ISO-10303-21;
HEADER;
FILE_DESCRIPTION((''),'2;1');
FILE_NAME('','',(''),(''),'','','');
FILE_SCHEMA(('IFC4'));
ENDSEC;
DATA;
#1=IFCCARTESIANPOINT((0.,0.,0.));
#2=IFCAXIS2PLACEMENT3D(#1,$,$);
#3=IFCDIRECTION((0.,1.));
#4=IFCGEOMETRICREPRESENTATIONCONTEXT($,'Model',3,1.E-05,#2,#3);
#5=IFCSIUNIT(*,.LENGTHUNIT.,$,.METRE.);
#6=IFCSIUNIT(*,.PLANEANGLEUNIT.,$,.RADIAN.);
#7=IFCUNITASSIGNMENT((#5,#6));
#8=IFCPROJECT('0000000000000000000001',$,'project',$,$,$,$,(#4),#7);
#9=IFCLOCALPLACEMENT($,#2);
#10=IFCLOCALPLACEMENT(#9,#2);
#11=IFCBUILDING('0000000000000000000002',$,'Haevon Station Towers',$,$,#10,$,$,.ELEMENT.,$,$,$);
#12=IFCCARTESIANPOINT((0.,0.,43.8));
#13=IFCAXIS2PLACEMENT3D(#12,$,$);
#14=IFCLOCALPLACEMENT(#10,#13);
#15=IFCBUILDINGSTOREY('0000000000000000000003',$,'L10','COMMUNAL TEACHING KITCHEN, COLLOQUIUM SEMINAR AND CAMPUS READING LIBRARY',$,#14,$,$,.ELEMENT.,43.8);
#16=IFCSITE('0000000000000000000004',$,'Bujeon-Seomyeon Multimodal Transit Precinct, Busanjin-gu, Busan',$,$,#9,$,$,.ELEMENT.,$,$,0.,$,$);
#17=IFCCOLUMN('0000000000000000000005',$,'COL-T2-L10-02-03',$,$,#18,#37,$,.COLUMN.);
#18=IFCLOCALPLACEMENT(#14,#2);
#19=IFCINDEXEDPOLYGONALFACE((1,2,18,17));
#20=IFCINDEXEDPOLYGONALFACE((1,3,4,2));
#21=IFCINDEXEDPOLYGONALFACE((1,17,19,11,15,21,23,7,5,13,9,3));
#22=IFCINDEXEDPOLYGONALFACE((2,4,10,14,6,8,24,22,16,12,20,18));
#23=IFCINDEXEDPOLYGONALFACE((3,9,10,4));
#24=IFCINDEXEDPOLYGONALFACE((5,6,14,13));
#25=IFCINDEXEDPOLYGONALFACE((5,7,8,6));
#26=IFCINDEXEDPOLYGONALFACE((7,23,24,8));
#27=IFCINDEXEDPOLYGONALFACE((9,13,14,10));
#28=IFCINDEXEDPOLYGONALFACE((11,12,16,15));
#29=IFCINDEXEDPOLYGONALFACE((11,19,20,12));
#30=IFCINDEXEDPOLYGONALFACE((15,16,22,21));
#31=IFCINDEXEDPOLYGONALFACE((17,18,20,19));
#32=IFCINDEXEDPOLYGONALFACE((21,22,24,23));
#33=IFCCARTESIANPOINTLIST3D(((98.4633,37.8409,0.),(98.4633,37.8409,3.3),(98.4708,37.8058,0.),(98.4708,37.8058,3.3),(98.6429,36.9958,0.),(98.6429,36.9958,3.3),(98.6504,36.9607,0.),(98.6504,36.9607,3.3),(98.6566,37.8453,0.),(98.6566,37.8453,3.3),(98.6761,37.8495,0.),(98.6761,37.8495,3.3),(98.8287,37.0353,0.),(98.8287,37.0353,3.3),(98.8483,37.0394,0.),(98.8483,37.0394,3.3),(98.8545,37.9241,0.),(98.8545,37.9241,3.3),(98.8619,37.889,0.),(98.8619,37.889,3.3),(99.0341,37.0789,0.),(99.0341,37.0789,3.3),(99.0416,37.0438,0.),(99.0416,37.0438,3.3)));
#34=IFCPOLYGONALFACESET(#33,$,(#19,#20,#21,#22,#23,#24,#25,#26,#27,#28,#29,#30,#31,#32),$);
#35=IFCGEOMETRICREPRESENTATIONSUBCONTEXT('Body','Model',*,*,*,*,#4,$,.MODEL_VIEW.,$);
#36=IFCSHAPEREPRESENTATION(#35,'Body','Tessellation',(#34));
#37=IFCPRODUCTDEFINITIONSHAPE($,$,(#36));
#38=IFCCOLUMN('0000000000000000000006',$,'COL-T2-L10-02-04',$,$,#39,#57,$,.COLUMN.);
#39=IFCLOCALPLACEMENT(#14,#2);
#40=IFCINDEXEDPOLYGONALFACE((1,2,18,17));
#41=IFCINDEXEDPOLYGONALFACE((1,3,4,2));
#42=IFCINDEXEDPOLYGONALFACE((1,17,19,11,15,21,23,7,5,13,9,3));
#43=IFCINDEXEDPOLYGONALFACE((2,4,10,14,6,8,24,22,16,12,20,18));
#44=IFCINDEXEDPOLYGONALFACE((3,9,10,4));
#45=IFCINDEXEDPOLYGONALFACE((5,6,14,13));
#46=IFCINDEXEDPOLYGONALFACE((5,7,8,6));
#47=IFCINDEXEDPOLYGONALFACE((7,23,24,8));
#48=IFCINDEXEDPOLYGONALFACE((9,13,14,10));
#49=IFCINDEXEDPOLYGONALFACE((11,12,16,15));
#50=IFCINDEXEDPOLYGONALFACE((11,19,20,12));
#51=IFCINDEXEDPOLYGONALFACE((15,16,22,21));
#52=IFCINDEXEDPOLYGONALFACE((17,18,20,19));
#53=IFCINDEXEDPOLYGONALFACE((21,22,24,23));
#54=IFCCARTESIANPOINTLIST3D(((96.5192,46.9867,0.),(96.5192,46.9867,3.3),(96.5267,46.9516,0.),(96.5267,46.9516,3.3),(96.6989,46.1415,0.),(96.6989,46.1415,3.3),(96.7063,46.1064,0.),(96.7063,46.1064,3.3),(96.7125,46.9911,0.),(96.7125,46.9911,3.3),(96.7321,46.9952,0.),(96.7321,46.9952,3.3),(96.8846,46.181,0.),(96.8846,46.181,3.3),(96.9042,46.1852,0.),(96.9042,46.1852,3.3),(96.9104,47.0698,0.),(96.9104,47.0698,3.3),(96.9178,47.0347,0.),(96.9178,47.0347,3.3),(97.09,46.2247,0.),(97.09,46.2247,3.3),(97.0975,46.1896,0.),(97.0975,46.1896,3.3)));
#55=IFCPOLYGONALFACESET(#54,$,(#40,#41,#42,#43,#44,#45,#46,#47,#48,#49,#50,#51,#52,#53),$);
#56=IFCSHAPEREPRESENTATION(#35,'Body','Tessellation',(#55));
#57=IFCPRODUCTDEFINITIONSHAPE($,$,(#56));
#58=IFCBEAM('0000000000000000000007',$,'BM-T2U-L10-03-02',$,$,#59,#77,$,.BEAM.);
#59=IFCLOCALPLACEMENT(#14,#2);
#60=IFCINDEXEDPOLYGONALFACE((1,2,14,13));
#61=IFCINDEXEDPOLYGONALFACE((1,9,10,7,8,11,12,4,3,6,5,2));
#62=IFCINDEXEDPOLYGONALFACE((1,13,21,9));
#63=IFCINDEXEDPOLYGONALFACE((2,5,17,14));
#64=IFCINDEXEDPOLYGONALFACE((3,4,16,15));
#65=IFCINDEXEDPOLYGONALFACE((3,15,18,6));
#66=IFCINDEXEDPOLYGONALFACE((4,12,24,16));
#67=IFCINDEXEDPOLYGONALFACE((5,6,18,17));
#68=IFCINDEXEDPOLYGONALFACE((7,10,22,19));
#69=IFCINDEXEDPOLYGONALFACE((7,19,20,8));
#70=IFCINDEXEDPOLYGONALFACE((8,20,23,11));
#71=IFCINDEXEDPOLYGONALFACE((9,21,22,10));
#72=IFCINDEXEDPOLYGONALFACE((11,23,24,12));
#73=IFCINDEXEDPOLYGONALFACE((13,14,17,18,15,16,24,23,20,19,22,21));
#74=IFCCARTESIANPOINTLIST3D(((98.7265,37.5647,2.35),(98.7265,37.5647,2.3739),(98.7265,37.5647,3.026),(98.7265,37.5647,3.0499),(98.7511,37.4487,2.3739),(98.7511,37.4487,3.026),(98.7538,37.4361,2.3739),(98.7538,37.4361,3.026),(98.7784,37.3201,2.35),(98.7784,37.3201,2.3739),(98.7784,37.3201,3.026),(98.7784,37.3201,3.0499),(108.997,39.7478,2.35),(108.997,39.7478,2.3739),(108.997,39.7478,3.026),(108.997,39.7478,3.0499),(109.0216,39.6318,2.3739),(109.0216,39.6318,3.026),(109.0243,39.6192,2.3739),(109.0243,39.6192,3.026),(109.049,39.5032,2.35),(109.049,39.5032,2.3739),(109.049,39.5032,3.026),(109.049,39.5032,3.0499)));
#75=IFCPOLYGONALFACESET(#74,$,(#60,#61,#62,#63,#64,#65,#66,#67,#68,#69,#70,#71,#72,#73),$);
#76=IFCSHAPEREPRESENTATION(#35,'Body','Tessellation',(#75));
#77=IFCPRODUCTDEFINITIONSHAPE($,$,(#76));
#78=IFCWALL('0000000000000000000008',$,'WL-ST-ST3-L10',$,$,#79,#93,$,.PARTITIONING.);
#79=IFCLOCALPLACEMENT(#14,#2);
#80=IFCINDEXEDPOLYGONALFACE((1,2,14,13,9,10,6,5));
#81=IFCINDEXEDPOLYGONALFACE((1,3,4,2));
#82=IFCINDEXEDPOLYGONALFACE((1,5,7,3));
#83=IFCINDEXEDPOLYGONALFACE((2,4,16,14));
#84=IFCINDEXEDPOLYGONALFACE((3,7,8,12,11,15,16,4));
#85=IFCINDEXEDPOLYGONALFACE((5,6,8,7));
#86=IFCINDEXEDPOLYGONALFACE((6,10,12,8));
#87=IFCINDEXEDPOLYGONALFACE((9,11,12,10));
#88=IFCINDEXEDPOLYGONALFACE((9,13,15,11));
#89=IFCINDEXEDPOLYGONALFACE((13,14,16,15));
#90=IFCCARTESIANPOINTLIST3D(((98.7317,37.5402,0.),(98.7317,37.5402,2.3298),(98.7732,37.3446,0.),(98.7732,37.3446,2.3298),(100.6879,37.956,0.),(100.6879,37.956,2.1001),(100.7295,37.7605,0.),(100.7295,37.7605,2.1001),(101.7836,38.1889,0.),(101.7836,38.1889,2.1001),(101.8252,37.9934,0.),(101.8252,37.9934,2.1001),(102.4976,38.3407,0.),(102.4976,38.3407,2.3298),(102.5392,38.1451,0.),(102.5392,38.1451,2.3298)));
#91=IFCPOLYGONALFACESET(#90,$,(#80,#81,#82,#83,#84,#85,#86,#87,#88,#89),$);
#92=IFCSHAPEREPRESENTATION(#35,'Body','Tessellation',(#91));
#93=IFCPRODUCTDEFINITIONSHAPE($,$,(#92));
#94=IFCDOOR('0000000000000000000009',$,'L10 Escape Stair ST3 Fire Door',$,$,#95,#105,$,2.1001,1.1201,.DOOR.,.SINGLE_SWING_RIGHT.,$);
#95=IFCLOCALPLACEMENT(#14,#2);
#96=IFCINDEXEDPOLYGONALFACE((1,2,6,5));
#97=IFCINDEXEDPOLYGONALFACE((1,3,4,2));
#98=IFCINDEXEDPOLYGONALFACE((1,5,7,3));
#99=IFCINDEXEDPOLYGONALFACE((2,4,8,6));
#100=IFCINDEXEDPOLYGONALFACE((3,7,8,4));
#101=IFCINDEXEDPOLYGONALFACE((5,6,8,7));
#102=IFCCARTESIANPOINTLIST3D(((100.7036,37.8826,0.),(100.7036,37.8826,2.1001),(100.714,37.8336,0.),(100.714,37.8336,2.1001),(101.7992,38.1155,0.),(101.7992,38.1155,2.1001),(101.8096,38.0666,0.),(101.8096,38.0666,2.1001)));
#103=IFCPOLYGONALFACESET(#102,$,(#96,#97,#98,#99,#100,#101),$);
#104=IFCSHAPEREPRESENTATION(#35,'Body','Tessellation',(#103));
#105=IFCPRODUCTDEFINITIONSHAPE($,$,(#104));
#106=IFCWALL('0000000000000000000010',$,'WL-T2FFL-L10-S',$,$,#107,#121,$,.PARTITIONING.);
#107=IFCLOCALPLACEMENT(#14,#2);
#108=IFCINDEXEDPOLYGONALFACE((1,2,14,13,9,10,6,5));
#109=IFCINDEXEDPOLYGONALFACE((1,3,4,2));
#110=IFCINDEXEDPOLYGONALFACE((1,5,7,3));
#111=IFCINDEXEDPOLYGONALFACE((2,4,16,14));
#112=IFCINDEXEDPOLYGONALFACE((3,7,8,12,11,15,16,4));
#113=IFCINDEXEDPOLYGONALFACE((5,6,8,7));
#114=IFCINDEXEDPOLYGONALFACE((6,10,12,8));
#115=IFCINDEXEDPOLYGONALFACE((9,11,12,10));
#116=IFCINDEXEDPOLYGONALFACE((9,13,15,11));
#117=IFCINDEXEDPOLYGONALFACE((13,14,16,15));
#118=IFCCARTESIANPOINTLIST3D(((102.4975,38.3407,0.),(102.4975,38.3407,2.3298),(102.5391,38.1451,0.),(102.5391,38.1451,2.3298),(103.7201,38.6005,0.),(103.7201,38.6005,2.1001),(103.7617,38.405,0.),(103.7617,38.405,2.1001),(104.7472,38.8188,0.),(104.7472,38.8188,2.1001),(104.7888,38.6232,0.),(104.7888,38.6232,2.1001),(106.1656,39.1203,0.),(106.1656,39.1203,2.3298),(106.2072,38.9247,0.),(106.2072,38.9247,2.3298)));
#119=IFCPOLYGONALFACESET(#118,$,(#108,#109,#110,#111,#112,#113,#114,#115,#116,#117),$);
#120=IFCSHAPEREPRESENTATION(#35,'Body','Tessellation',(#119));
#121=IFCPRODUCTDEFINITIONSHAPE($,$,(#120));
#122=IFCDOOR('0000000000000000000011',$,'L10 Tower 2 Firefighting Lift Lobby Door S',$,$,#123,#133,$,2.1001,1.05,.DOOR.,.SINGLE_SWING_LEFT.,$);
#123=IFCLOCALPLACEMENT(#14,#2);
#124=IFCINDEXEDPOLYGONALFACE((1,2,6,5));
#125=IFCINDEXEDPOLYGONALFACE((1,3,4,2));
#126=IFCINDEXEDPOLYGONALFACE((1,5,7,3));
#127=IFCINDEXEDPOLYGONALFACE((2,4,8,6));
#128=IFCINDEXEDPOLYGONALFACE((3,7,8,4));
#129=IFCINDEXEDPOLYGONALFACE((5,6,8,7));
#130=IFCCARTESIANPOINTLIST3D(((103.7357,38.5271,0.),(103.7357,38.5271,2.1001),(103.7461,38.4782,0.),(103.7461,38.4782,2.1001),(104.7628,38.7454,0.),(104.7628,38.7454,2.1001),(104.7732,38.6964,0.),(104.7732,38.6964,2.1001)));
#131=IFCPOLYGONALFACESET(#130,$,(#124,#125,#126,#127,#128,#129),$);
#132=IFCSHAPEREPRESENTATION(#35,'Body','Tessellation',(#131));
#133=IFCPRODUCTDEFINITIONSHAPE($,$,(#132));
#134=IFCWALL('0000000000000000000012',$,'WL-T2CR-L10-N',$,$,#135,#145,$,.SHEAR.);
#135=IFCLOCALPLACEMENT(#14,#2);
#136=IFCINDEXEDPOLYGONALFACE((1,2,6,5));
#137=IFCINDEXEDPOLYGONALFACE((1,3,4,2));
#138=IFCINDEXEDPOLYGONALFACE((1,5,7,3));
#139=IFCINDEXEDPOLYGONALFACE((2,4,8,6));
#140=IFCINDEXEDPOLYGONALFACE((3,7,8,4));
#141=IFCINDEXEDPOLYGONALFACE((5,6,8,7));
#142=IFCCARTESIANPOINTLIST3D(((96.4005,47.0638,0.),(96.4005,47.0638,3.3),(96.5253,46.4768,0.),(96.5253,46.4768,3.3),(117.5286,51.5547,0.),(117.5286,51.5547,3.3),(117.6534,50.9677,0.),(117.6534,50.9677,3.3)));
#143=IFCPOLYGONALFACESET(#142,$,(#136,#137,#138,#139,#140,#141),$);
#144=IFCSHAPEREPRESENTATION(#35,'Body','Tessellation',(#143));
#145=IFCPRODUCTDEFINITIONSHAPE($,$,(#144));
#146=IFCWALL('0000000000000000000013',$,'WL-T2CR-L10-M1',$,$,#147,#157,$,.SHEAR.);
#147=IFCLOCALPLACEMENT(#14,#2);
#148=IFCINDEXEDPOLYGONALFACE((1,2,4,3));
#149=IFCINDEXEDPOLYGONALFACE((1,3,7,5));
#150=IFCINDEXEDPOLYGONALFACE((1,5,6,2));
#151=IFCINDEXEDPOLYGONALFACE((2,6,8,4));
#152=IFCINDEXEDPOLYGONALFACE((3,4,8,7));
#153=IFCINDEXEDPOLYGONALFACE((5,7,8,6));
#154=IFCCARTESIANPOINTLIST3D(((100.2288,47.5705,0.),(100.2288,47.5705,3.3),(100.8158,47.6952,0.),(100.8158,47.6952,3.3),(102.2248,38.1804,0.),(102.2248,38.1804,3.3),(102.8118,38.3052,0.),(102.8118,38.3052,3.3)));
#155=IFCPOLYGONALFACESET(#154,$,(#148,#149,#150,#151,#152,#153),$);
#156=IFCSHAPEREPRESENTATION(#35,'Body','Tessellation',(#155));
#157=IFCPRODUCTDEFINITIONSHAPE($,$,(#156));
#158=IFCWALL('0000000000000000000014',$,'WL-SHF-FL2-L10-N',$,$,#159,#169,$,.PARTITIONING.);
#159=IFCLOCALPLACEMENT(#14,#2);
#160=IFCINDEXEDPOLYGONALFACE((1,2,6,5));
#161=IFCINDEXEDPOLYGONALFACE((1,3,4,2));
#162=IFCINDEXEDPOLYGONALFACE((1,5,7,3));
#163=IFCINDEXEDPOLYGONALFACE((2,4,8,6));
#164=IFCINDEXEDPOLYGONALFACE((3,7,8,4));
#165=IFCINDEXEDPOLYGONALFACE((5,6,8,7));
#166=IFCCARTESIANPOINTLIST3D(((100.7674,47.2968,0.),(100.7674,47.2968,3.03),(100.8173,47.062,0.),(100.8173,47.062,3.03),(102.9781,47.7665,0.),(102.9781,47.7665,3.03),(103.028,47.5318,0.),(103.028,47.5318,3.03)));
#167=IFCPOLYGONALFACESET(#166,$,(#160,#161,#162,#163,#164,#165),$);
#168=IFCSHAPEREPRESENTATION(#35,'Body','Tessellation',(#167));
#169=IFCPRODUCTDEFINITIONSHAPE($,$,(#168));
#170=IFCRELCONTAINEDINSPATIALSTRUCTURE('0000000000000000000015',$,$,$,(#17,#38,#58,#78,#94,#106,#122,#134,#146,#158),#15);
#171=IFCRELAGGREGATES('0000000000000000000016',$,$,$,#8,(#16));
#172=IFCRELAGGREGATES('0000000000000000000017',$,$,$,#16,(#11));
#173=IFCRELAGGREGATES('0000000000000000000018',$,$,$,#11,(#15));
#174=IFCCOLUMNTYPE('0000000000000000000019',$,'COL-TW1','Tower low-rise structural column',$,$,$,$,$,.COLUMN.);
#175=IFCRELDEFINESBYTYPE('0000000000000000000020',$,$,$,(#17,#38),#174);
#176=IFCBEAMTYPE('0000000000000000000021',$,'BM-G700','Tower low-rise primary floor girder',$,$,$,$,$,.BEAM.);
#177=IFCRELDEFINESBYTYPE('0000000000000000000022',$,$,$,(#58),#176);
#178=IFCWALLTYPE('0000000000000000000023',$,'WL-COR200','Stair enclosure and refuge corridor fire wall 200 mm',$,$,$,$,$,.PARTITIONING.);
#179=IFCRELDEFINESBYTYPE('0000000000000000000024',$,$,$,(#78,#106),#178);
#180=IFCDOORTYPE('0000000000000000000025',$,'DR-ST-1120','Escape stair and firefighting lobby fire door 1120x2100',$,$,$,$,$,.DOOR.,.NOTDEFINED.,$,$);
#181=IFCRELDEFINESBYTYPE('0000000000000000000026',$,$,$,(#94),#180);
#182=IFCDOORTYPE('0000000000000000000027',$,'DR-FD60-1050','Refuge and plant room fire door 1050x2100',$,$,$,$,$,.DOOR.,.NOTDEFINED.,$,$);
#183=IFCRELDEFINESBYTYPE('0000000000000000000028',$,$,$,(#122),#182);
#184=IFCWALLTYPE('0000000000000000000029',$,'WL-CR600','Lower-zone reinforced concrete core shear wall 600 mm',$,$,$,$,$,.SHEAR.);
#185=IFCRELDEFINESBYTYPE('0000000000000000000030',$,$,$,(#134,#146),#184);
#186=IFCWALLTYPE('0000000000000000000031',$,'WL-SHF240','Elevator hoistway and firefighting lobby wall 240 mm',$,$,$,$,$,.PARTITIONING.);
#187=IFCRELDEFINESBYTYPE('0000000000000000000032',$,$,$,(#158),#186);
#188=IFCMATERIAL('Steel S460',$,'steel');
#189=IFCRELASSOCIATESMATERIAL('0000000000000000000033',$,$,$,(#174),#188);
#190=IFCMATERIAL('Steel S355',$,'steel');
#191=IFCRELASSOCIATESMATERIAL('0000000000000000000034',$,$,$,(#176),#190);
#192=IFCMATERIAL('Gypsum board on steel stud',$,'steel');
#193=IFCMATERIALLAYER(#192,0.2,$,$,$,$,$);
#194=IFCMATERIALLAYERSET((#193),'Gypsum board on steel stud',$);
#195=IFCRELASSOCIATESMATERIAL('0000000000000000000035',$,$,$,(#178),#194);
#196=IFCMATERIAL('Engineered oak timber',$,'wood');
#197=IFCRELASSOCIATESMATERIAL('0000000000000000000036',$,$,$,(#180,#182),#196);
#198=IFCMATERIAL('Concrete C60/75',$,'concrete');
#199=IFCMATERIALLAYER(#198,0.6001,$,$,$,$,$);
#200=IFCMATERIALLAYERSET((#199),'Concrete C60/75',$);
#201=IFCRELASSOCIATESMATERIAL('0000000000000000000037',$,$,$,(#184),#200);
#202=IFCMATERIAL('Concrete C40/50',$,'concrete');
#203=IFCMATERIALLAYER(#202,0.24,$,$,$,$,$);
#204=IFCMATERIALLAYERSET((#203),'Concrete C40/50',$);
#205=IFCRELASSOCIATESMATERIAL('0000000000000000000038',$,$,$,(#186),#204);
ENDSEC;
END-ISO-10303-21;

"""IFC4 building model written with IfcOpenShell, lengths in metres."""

from ifc_helpers import new_model, si_unit, direction, frame, frame_2d, origin, origin_2d, place, context, subcontext, project, spatial, rectangle, i_section, extrude, material, layer, layer_set, material_profile, profile_set, type_object, element, fill, save


model = new_model("IFC4")

# Units and contexts
model_context = context("Model", 3, precision=1e-05, world=origin(), true_north=direction((0.0, 1.0)))
body_context = subcontext(model_context, "Body", "Model", "MODEL_VIEW")
ifc_project = project(units=[si_unit("LENGTHUNIT", "METRE"), si_unit("PLANEANGLEUNIT", "RADIAN")], contexts=[model_context])

# Site, building, storey
site_placement = place(None, origin())
site = spatial("IfcSite", under=ifc_project, at=site_placement, Name="Bujeon-Seomyeon Multimodal Transit Precinct, Busanjin-gu, Busan", CompositionType="ELEMENT", RefElevation=0.0)
building_placement = place(site_placement, origin())
building = spatial("IfcBuilding", under=site, at=building_placement, Name="Haevon Station Towers", CompositionType="ELEMENT")
storey_placement = place(building_placement, frame((0.0, 0.0, 43.8)))
storey = spatial("IfcBuildingStorey", under=building, at=storey_placement, Name="L10", Description="COMMUNAL TEACHING KITCHEN, COLLOQUIUM SEMINAR AND CAMPUS READING LIBRARY", CompositionType="ELEMENT", Elevation=43.8)

# Columns
ifc_material_1 = material(Name="Steel S460", Category="steel")
ifc_material_profile_1 = material_profile(ifc_material_1, i_section(OverallWidth=0.3999, OverallDepth=0.8999, WebThickness=0.02, FlangeThickness=0.0359, at=origin_2d()), Name="H-900x400x20x36")
ifc_profile_set_1 = profile_set([ifc_material_profile_1], Name="Steel S460")
column_type = type_object("IfcColumnType", Name="COL-TW1", Description="Tower low-rise structural column", PredefinedType="COLUMN", material=ifc_profile_set_1)
for number, where, z_axis, x_axis, name in (
    (1, (98.7524, 37.4424, 0.0), (0.0, 0.0, 1.0), (0.978148, 0.207912, 0.0), "COL-T2-L10-02-03"),
    (2, (96.8083, 46.5881, 0.0), (0.0, 0.0, 1.0), (0.978148, 0.207912, 0.0), "COL-T2-L10-02-04"),
):
    element("IfcColumn", number, at=place(storey_placement, frame(where, z_axis=z_axis, x_axis=x_axis)), inside=storey, type_object=column_type, Name=name, PredefinedType="COLUMN", context=body_context, shape_type="SweptSolid", body=[
        extrude(i_section(OverallWidth=0.3999, OverallDepth=0.8999, WebThickness=0.02, FlangeThickness=0.0359, at=origin_2d()), origin(), (0.0, 0.0, 1.0), 3.3),
    ])

# Beam
ifc_material_2 = material(Name="Steel S355", Category="steel")
ifc_material_profile_2 = material_profile(ifc_material_2, i_section(OverallWidth=0.25, OverallDepth=0.7, WebThickness=0.0129, FlangeThickness=0.0239, at=origin_2d()), Name="H-700x250x13x24")
ifc_profile_set_2 = profile_set([ifc_material_profile_2], Name="Steel S355")
beam_type = type_object("IfcBeamType", Name="BM-G700", Description="Tower low-rise primary floor girder", PredefinedType="BEAM", material=ifc_profile_set_2)
beam_placement = place(storey_placement, frame((98.7524, 37.4424, 2.7), z_axis=(0.978147, 0.207915, 0.0), x_axis=(-0.207915, 0.978147, 0.0)))
element("IfcBeam", 3, at=beam_placement, inside=storey, type_object=beam_type, Name="BM-T2U-L10-03-02", PredefinedType="BEAM", context=body_context, shape_type="SweptSolid", body=[
    extrude(i_section(OverallWidth=0.25, OverallDepth=0.7, WebThickness=0.0129, FlangeThickness=0.0239, at=origin_2d()), origin(), (0.0, 0.0, 1.0), 10.5),
])

# Walls, openings, doors
ifc_material_3 = material(Name="Gypsum board on steel stud", Category="steel")
ifc_layer_1 = layer(ifc_material_3, 0.2)
ifc_layer_set_1 = layer_set([ifc_layer_1], Name="Gypsum board on steel stud")
wall_type_1 = type_object("IfcWallType", Name="WL-COR200", Description="Stair enclosure and refuge corridor fire wall 200 mm", PredefinedType="PARTITIONING", material=ifc_layer_set_1)
wall_1_placement = place(storey_placement, frame((98.7524, 37.4424, 0.0), z_axis=(0.0, 0.0, 1.0), x_axis=(0.978144, 0.207931, 0.0)))
wall_1 = element("IfcWall", 4, at=wall_1_placement, inside=storey, type_object=wall_type_1, Name="WL-ST-ST3-L10", PredefinedType="PARTITIONING", context=body_context, shape_type="SweptSolid", body=[
    extrude(rectangle(XDim=3.8501, YDim=0.2, at=frame_2d((1.925, 0.0))), origin(), (0.0, 0.0, 1.0), 2.3298),
])
opening_1_placement = place(wall_1_placement, frame((2.0, 0.0, 0.0)))
opening_1 = element("IfcOpeningElement", 5, at=opening_1_placement, cuts=wall_1, PredefinedType="OPENING", context=body_context, shape_type="SweptSolid", body=[
    extrude(rectangle(XDim=1.1201, YDim=2.1001, at=frame_2d((0.5601, 1.05))), frame((0.0, 0.1099, 0.0), z_axis=(0.0, -1.0, 0.0), x_axis=(1.0, 0.0, 0.0)), (0.0, 0.0, 1.0), 0.22),
])
ifc_material_4 = material(Name="Engineered oak timber", Category="wood")
door_type_1 = type_object("IfcDoorType", Name="DR-ST-1120", Description="Escape stair and firefighting lobby fire door 1120x2100", OperationType="NOTDEFINED", PredefinedType="DOOR", material=ifc_material_4)
door_1_placement = place(opening_1_placement, origin())
door_1 = element("IfcDoor", 6, at=door_1_placement, inside=storey, type_object=door_type_1, Name="L10 Escape Stair ST3 Fire Door", OperationType="SINGLE_SWING_RIGHT", OverallHeight=2.1001, OverallWidth=1.1201, PredefinedType="DOOR", context=body_context, shape_type="SweptSolid", body=[
    extrude(rectangle(XDim=1.1201, YDim=2.1001, at=frame_2d((0.5601, 1.05))), frame((0.0, 0.0249, 0.0), z_axis=(0.0, -1.0, 0.0), x_axis=(1.0, 0.0, 0.0)), (0.0, 0.0, 1.0), 0.05),
])
fill(opening_1, door_1)
wall_2_placement = place(storey_placement, frame((102.5183, 38.2429, 0.0), z_axis=(0.0, 0.0, 1.0), x_axis=(0.978154, 0.207884, 0.0)))
wall_2 = element("IfcWall", 7, at=wall_2_placement, inside=storey, type_object=wall_type_1, Name="WL-T2FFL-L10-S", PredefinedType="PARTITIONING", context=body_context, shape_type="SweptSolid", body=[
    extrude(rectangle(XDim=3.75, YDim=0.2, at=frame_2d((1.875, 0.0))), origin(), (0.0, 0.0, 1.0), 2.3298),
])
opening_2_placement = place(wall_2_placement, frame((1.25, 0.0, 0.0)))
opening_2 = element("IfcOpeningElement", 8, at=opening_2_placement, cuts=wall_2, PredefinedType="OPENING", context=body_context, shape_type="SweptSolid", body=[
    extrude(rectangle(XDim=1.05, YDim=2.1001, at=frame_2d((0.5249, 1.05))), frame((0.0, 0.1099, 0.0), z_axis=(0.0, -1.0, 0.0), x_axis=(1.0, 0.0, 0.0)), (0.0, 0.0, 1.0), 0.22),
])
door_type_2 = type_object("IfcDoorType", Name="DR-FD60-1050", Description="Refuge and plant room fire door 1050x2100", OperationType="NOTDEFINED", PredefinedType="DOOR", material=ifc_material_4)
door_2_placement = place(opening_2_placement, origin())
door_2 = element("IfcDoor", 9, at=door_2_placement, inside=storey, type_object=door_type_2, Name="L10 Tower 2 Firefighting Lift Lobby Door S", OperationType="SINGLE_SWING_LEFT", OverallHeight=2.1001, OverallWidth=1.05, PredefinedType="DOOR", context=body_context, shape_type="SweptSolid", body=[
    extrude(rectangle(XDim=1.05, YDim=2.1001, at=frame_2d((0.5249, 1.05))), frame((0.0, 0.0249, 0.0), z_axis=(0.0, -1.0, 0.0), x_axis=(1.0, 0.0, 0.0)), (0.0, 0.0, 1.0), 0.05),
])
fill(opening_2, door_2)

# Walls
ifc_material_5 = material(Name="Concrete C60/75", Category="concrete")
ifc_layer_2 = layer(ifc_material_5, 0.6001)
ifc_layer_set_2 = layer_set([ifc_layer_2], Name="Concrete C60/75")
wall_type_2 = type_object("IfcWallType", Name="WL-CR600", Description="Lower-zone reinforced concrete core shear wall 600 mm", PredefinedType="SHEAR", material=ifc_layer_set_2)
wall_3_placement = place(storey_placement, frame((96.4629, 46.7703, 0.0), z_axis=(0.0, 0.0, 1.0), x_axis=(0.978147, 0.207913, 0.0)))
element("IfcWall", 10, at=wall_3_placement, inside=storey, type_object=wall_type_2, Name="WL-T2CR-L10-N", PredefinedType="SHEAR", context=body_context, shape_type="SweptSolid", body=[
    extrude(rectangle(XDim=21.6001, YDim=0.6001, at=frame_2d((10.8, 0.0))), origin(), (0.0, 0.0, 1.0), 3.3),
])
wall_4_placement = place(storey_placement, frame((102.5183, 38.2429, 0.0), z_axis=(0.0, 0.0, 1.0), x_axis=(-0.207927, 0.978144, 0.0)))
element("IfcWall", 11, at=wall_4_placement, inside=storey, type_object=wall_type_2, Name="WL-T2CR-L10-M1", PredefinedType="SHEAR", context=body_context, shape_type="SweptSolid", body=[
    extrude(rectangle(XDim=9.5999, YDim=0.6001, at=frame_2d((4.7998, 0.0))), origin(), (0.0, 0.0, 1.0), 3.3),
])

# Shared definitions
ifc_material_6 = material(Name="Concrete C40/50", Category="concrete")
ifc_layer_3 = layer(ifc_material_6, 0.24)
ifc_layer_set_3 = layer_set([ifc_layer_3], Name="Concrete C40/50")
wall_type_3 = type_object("IfcWallType", Name="WL-SHF240", Description="Elevator hoistway and firefighting lobby wall 240 mm", PredefinedType="PARTITIONING", material=ifc_layer_set_3)

# Wall
wall_5_placement = place(storey_placement, frame((100.7925, 47.1794, 0.0), z_axis=(0.0, 0.0, 1.0), x_axis=(0.978163, 0.207839, 0.0)))
element("IfcWall", 12, at=wall_5_placement, inside=storey, type_object=wall_type_3, Name="WL-SHF-FL2-L10-N", PredefinedType="PARTITIONING", context=body_context, shape_type="SweptSolid", body=[
    extrude(rectangle(XDim=2.26, YDim=0.24, at=frame_2d((1.1299, 0.0))), origin(), (0.0, 0.0, 1.0), 3.03),
])

save(model, "model.ifc")
